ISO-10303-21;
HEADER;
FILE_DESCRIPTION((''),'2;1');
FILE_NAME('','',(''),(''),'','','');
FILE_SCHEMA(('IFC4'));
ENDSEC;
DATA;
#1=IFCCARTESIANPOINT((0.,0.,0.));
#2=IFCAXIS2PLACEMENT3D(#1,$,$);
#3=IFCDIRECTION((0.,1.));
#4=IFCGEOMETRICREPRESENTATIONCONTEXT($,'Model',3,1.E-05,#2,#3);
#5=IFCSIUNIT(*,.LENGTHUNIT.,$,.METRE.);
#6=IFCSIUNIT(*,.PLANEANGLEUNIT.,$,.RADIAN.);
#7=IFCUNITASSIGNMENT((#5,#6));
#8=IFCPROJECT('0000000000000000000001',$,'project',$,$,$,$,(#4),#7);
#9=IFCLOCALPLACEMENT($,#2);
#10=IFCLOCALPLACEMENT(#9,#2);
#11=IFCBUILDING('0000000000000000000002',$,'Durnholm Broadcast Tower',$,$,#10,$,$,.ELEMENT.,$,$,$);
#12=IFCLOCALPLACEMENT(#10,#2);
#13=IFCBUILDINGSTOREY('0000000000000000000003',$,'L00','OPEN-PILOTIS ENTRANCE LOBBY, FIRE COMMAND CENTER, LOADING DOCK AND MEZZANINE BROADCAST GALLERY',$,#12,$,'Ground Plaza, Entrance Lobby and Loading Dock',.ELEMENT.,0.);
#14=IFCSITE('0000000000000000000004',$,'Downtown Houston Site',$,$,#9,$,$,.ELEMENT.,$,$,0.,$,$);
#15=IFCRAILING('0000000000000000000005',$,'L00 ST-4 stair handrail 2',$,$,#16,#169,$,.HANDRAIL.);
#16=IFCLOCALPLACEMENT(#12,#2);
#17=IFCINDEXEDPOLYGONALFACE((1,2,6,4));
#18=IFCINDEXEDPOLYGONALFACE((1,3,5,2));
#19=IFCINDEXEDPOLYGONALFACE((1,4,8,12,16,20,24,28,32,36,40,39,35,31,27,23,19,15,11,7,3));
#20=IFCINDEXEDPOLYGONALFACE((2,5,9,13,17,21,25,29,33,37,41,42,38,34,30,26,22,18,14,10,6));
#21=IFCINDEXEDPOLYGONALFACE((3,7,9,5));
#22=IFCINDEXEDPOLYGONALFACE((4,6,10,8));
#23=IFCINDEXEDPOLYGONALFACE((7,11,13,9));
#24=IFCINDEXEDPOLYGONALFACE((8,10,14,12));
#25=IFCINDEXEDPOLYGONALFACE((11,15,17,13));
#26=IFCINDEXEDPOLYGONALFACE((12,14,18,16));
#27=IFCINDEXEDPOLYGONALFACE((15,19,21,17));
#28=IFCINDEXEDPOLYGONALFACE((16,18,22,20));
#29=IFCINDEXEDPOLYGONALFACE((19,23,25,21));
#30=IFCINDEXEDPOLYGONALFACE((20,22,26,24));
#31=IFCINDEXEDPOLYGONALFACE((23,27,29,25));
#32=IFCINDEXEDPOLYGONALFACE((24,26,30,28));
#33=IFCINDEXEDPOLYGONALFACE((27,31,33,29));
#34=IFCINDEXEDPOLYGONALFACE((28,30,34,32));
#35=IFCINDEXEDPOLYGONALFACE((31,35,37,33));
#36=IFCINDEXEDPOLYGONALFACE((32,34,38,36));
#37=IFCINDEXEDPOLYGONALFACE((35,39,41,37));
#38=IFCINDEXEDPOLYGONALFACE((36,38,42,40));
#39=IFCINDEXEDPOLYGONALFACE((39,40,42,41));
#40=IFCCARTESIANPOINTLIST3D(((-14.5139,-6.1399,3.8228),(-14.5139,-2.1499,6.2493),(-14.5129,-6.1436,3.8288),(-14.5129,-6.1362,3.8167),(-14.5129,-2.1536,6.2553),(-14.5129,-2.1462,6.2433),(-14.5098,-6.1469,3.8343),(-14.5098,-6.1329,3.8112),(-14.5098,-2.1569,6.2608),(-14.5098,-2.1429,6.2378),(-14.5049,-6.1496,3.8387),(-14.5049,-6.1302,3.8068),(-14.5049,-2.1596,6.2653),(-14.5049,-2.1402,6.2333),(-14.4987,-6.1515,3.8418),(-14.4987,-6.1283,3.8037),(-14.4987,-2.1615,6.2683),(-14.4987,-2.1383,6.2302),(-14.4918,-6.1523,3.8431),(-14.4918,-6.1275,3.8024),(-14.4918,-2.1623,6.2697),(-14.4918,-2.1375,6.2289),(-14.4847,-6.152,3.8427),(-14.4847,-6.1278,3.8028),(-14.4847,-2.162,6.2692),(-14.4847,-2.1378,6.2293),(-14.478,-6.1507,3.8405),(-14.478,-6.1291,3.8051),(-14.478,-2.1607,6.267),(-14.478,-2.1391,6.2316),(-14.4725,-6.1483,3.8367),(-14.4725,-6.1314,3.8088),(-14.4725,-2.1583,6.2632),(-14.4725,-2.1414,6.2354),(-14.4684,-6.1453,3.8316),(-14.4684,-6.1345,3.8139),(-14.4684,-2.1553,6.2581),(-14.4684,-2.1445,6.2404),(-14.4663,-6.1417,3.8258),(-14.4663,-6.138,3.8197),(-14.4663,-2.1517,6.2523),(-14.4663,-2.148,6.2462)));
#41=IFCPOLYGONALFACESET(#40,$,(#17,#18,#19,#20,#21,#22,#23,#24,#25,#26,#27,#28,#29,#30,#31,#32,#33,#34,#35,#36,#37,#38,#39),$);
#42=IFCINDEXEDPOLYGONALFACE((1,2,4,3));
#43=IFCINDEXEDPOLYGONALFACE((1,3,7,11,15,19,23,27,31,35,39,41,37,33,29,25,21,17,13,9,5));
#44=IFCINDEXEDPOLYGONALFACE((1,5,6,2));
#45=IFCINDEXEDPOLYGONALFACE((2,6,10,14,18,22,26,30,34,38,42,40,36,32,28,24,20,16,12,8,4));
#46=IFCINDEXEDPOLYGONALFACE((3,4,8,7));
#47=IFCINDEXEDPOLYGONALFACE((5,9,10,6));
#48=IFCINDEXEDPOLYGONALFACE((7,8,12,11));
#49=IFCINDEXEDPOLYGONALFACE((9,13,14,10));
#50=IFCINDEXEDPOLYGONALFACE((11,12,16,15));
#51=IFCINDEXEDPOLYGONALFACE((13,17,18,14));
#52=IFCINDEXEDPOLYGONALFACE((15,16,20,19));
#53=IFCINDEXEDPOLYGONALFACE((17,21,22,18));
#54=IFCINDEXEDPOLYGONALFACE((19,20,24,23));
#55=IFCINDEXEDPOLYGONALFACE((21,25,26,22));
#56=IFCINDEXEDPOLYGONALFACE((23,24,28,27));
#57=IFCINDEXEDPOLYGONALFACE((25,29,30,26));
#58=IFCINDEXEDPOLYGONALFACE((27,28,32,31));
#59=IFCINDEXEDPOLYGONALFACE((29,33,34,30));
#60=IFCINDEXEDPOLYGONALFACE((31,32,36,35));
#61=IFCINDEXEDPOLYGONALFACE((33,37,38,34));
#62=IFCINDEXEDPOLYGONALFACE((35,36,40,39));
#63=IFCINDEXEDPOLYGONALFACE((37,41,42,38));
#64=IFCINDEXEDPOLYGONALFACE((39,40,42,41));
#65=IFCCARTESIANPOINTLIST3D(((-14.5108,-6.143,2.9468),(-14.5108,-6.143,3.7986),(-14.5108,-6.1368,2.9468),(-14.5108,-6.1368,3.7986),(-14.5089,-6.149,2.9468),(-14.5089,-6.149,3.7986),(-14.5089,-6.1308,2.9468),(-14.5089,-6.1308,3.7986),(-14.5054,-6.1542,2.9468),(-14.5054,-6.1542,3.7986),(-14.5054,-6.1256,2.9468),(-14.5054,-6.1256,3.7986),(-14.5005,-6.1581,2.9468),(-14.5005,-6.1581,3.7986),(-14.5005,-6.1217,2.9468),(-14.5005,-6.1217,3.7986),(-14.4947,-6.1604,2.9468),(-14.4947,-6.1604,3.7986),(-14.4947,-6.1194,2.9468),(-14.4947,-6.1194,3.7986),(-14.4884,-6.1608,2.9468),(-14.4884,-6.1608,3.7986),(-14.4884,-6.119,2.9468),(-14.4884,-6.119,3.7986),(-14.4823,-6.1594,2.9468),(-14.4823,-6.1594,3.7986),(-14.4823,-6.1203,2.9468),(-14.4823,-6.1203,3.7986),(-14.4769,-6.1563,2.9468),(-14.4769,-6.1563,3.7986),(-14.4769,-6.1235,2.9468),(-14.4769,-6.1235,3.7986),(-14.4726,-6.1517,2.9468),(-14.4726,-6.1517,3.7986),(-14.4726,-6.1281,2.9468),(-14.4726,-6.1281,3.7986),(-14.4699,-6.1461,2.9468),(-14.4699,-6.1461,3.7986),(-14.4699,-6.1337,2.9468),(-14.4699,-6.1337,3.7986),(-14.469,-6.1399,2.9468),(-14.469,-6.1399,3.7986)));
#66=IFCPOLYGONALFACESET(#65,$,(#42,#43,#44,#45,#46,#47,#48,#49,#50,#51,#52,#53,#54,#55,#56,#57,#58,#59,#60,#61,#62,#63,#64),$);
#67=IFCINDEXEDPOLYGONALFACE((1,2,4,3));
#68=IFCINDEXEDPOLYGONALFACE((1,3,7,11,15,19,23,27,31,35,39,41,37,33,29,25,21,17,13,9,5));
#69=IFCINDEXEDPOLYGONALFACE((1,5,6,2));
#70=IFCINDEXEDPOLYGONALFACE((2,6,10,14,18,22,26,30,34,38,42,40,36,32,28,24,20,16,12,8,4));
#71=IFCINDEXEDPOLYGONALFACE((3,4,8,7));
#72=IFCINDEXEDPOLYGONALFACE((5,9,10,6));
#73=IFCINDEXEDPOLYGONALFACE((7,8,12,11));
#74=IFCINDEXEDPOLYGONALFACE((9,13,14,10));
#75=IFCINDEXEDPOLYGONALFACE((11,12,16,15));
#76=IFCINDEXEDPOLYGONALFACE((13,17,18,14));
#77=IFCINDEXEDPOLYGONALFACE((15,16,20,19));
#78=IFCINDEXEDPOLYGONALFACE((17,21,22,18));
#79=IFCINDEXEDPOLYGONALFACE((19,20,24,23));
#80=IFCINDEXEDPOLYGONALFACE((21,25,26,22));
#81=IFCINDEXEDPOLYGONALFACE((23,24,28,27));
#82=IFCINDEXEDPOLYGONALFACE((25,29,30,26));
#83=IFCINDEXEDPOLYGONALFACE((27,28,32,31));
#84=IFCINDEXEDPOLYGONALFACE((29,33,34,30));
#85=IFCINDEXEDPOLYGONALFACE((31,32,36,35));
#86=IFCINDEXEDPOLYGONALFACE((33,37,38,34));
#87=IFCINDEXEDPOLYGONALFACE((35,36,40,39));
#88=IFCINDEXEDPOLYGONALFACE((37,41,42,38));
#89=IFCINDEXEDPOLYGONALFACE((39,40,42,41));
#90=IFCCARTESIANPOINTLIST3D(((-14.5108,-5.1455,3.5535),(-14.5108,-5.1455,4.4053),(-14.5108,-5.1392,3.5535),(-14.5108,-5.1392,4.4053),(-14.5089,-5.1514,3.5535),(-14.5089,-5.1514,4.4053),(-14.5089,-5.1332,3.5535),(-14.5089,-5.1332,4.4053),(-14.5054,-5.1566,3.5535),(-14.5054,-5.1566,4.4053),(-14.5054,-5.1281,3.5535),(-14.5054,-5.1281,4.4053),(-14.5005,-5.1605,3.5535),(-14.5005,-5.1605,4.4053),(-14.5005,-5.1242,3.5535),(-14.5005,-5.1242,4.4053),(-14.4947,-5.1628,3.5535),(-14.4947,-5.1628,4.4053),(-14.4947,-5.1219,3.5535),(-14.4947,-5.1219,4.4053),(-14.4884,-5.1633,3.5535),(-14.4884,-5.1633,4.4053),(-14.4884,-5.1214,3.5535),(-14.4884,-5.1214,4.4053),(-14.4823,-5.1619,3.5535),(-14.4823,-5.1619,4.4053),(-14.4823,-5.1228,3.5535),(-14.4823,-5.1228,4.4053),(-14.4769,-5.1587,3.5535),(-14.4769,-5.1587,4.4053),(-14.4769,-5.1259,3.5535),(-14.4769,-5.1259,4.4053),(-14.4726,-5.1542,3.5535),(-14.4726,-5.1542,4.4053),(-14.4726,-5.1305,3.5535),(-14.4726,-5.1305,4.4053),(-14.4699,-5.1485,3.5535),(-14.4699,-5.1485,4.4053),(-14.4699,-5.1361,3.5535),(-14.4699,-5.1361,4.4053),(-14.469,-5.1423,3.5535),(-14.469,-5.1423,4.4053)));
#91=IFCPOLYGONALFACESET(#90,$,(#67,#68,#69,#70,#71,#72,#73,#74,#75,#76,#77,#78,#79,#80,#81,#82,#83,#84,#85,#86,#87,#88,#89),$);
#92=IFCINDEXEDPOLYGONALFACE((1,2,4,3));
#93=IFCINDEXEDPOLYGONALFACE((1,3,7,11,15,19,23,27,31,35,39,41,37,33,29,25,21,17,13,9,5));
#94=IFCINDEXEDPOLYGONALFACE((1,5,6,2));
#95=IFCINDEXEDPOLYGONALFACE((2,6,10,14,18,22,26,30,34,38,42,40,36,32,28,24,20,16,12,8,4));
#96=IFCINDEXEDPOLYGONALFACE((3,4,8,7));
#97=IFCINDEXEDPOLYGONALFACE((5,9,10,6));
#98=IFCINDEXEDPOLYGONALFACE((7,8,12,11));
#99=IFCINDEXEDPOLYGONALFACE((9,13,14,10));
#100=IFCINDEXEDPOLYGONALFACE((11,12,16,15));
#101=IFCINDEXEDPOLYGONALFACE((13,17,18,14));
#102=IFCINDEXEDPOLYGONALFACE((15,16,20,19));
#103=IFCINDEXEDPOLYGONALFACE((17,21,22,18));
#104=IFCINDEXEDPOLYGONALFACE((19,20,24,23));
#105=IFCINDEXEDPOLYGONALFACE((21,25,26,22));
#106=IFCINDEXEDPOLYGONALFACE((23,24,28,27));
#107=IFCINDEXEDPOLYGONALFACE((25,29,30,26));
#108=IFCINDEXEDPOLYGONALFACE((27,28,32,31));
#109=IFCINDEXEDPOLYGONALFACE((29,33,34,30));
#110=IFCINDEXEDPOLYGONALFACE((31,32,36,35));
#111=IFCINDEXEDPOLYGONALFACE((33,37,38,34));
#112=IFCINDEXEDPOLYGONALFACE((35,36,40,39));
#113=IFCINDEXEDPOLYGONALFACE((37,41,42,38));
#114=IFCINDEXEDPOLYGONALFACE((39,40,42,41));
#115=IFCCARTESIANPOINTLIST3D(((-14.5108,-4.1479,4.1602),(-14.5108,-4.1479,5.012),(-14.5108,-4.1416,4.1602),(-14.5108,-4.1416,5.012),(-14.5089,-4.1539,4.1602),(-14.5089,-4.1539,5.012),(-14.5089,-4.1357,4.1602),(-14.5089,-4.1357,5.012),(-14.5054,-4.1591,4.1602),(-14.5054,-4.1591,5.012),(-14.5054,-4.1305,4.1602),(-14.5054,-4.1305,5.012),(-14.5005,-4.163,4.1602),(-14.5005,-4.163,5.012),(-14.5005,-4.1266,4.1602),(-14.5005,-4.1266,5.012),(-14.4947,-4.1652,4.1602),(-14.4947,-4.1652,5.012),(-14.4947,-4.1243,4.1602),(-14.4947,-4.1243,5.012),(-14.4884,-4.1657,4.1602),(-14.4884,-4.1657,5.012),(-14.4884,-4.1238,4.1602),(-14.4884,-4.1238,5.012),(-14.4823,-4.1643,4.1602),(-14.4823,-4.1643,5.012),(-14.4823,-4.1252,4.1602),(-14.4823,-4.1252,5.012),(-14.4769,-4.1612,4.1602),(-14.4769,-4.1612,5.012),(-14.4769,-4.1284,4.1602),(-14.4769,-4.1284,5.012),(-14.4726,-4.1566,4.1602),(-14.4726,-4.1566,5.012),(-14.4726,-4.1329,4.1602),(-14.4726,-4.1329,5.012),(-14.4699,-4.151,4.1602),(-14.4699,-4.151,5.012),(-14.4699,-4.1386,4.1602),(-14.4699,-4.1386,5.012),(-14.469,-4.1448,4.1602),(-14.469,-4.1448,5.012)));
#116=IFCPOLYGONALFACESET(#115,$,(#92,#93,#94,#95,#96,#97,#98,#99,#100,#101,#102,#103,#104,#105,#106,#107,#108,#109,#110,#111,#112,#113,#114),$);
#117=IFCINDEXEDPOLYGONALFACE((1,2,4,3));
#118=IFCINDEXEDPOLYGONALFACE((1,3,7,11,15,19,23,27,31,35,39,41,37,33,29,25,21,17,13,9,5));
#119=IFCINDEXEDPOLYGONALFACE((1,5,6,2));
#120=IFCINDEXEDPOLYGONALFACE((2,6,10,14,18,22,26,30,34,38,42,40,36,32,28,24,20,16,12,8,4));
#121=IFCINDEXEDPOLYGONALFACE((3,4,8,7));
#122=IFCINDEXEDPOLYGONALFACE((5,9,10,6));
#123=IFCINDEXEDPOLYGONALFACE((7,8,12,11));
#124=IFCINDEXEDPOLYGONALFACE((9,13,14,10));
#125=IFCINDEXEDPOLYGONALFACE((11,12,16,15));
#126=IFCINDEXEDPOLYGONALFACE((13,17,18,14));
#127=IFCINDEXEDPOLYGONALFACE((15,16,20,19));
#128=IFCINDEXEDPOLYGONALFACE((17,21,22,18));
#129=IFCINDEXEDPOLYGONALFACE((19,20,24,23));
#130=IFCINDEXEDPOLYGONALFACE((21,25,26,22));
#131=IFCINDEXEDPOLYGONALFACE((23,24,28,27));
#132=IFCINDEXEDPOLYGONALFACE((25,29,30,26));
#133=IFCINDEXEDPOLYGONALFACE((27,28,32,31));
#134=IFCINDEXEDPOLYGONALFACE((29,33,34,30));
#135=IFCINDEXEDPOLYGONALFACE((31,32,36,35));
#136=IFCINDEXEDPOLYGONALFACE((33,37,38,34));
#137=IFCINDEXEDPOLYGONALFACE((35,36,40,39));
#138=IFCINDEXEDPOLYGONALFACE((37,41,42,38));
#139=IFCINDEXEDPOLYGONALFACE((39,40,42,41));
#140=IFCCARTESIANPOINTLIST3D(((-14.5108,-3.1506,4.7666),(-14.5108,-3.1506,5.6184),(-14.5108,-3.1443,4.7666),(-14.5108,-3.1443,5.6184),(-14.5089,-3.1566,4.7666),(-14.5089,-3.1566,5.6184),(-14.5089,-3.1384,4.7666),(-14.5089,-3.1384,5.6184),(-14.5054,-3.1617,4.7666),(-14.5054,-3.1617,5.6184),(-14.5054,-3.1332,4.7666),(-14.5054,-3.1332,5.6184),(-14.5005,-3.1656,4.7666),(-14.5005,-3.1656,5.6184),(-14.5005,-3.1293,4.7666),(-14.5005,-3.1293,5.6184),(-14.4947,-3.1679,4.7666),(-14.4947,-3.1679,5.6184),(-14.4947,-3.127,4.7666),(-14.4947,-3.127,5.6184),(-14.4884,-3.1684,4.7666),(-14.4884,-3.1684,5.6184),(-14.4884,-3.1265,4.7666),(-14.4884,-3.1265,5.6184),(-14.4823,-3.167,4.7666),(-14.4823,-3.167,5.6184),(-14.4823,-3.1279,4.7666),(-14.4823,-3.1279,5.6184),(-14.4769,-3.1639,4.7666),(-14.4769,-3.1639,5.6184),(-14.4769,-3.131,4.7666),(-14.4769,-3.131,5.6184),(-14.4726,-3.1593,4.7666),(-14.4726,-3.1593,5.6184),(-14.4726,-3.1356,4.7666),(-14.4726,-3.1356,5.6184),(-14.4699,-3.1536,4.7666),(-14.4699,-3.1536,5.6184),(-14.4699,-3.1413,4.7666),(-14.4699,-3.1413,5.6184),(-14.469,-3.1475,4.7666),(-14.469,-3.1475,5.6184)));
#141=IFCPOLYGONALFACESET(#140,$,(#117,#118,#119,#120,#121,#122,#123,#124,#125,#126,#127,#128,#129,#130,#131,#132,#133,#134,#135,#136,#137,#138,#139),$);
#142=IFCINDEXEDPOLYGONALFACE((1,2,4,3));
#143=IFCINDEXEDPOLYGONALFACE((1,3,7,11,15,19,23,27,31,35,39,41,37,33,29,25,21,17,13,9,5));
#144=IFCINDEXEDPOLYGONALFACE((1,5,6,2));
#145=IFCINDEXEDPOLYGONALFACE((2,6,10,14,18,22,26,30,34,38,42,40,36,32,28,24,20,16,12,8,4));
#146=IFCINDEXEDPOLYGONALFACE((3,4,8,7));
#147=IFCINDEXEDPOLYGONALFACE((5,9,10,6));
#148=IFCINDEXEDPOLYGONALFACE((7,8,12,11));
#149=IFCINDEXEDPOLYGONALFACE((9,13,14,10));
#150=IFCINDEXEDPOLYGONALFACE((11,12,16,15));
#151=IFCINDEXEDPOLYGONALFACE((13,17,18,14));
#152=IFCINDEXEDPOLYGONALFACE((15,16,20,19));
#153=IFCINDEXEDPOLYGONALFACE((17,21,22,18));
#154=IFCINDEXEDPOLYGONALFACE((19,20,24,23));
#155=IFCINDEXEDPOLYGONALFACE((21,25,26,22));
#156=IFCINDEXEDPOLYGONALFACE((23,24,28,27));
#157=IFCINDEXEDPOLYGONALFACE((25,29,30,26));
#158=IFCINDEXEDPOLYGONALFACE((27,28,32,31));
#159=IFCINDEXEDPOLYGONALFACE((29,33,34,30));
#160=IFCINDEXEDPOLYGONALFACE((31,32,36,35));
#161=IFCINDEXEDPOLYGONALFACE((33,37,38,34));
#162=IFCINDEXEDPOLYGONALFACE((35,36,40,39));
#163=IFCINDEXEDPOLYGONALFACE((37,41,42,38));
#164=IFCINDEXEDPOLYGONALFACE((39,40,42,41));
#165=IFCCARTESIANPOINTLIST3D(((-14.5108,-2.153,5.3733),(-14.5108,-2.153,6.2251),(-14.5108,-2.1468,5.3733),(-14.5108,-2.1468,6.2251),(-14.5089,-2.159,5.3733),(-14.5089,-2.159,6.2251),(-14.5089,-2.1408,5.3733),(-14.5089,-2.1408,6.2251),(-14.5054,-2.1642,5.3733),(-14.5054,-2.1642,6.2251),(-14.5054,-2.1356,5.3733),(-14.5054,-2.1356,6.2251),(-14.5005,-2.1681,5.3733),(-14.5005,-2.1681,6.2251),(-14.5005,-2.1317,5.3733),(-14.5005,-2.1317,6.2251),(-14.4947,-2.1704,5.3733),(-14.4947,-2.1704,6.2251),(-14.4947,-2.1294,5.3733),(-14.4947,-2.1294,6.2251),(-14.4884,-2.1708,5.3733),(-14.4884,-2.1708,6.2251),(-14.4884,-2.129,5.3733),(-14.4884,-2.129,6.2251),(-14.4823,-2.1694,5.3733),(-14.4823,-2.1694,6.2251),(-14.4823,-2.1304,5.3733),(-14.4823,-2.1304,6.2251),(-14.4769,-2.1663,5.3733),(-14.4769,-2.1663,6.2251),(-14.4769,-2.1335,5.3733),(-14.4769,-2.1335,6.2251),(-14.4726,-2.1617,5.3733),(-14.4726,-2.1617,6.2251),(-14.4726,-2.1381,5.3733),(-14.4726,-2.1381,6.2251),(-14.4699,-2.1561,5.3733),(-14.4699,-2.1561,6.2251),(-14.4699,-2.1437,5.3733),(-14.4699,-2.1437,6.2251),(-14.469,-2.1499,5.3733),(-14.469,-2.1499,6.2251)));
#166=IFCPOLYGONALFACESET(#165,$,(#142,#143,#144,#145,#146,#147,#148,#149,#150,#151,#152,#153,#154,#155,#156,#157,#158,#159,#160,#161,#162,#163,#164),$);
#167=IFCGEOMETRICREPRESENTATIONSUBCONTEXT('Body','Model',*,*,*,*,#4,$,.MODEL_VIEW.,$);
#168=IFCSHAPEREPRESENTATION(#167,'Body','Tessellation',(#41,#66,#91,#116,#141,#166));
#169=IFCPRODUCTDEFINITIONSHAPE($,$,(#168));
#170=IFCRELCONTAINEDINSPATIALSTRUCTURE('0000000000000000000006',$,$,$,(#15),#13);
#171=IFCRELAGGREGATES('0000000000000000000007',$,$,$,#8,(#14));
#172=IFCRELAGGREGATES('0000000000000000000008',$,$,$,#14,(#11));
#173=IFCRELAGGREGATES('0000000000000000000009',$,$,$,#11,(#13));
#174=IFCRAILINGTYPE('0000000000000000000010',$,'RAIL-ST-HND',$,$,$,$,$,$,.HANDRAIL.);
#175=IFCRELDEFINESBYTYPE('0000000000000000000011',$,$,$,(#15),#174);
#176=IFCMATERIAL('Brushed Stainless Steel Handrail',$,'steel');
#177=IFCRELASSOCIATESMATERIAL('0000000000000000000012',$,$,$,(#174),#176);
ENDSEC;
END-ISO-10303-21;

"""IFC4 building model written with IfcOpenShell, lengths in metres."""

from ifc_helpers import new_model, si_unit, direction, frame, origin, origin_2d, place, context, subcontext, project, spatial, circle, extrude, material, type_object, element, save


model = new_model("IFC4")

# Units and contexts
model_context = context("Model", 3, precision=1e-05, world=origin(), true_north=direction((0.0, 1.0)))
body_context = subcontext(model_context, "Body", "Model", "MODEL_VIEW")
ifc_project = project(units=[si_unit("LENGTHUNIT", "METRE"), si_unit("PLANEANGLEUNIT", "RADIAN")], contexts=[model_context])

# Site, building, storey
site_placement = place(None, origin())
site = spatial("IfcSite", under=ifc_project, at=site_placement, Name="Downtown Houston Site", CompositionType="ELEMENT", RefElevation=0.0)
building_placement = place(site_placement, origin())
building = spatial("IfcBuilding", under=site, at=building_placement, Name="Durnholm Broadcast Tower", CompositionType="ELEMENT")
storey_placement = place(building_placement, origin())
storey = spatial("IfcBuildingStorey", under=building, at=storey_placement, Name="L00", Description="OPEN-PILOTIS ENTRANCE LOBBY, FIRE COMMAND CENTER, LOADING DOCK AND MEZZANINE BROADCAST GALLERY", LongName="Ground Plaza, Entrance Lobby and Loading Dock", CompositionType="ELEMENT", Elevation=0.0)

# Railing
ifc_material_1 = material(Name="Brushed Stainless Steel Handrail", Category="steel")
railing_type_1 = type_object("IfcRailingType", Name="RAIL-ST-HND", PredefinedType="HANDRAIL", material=ifc_material_1)
railing_1_placement = place(storey_placement, frame((-14.49, -6.1399, 2.9468)))
element("IfcRailing", 1, at=railing_1_placement, inside=storey, type_object=railing_type_1, Name="L00 ST-4 stair handrail 2", PredefinedType="HANDRAIL", context=body_context, shape_type="SweptSolid", body=[
    extrude(circle(Radius=0.0239, at=origin_2d()), frame((0.0, 0.0, 0.876), z_axis=(0.0, 0.854405, 0.519607), x_axis=(-1.0, 0.0, 0.0)), (0.0, 0.0, 1.0), 4.6699),
    extrude(circle(Radius=0.021, at=origin_2d()), origin(), (0.0, 0.0, 1.0), 0.8518),
    extrude(circle(Radius=0.021, at=origin_2d()), frame((0.0, 0.9976, 0.6067)), (0.0, 0.0, 1.0), 0.8518),
    extrude(circle(Radius=0.021, at=origin_2d()), frame((0.0, 1.9951, 1.2134)), (0.0, 0.0, 1.0), 0.8518),
    extrude(circle(Radius=0.021, at=origin_2d()), frame((0.0, 2.9924, 1.8198)), (0.0, 0.0, 1.0), 0.8518),
    extrude(circle(Radius=0.021, at=origin_2d()), frame((0.0, 3.99, 2.4265)), (0.0, 0.0, 1.0), 0.8518),
])

save(model, "model.ifc")
